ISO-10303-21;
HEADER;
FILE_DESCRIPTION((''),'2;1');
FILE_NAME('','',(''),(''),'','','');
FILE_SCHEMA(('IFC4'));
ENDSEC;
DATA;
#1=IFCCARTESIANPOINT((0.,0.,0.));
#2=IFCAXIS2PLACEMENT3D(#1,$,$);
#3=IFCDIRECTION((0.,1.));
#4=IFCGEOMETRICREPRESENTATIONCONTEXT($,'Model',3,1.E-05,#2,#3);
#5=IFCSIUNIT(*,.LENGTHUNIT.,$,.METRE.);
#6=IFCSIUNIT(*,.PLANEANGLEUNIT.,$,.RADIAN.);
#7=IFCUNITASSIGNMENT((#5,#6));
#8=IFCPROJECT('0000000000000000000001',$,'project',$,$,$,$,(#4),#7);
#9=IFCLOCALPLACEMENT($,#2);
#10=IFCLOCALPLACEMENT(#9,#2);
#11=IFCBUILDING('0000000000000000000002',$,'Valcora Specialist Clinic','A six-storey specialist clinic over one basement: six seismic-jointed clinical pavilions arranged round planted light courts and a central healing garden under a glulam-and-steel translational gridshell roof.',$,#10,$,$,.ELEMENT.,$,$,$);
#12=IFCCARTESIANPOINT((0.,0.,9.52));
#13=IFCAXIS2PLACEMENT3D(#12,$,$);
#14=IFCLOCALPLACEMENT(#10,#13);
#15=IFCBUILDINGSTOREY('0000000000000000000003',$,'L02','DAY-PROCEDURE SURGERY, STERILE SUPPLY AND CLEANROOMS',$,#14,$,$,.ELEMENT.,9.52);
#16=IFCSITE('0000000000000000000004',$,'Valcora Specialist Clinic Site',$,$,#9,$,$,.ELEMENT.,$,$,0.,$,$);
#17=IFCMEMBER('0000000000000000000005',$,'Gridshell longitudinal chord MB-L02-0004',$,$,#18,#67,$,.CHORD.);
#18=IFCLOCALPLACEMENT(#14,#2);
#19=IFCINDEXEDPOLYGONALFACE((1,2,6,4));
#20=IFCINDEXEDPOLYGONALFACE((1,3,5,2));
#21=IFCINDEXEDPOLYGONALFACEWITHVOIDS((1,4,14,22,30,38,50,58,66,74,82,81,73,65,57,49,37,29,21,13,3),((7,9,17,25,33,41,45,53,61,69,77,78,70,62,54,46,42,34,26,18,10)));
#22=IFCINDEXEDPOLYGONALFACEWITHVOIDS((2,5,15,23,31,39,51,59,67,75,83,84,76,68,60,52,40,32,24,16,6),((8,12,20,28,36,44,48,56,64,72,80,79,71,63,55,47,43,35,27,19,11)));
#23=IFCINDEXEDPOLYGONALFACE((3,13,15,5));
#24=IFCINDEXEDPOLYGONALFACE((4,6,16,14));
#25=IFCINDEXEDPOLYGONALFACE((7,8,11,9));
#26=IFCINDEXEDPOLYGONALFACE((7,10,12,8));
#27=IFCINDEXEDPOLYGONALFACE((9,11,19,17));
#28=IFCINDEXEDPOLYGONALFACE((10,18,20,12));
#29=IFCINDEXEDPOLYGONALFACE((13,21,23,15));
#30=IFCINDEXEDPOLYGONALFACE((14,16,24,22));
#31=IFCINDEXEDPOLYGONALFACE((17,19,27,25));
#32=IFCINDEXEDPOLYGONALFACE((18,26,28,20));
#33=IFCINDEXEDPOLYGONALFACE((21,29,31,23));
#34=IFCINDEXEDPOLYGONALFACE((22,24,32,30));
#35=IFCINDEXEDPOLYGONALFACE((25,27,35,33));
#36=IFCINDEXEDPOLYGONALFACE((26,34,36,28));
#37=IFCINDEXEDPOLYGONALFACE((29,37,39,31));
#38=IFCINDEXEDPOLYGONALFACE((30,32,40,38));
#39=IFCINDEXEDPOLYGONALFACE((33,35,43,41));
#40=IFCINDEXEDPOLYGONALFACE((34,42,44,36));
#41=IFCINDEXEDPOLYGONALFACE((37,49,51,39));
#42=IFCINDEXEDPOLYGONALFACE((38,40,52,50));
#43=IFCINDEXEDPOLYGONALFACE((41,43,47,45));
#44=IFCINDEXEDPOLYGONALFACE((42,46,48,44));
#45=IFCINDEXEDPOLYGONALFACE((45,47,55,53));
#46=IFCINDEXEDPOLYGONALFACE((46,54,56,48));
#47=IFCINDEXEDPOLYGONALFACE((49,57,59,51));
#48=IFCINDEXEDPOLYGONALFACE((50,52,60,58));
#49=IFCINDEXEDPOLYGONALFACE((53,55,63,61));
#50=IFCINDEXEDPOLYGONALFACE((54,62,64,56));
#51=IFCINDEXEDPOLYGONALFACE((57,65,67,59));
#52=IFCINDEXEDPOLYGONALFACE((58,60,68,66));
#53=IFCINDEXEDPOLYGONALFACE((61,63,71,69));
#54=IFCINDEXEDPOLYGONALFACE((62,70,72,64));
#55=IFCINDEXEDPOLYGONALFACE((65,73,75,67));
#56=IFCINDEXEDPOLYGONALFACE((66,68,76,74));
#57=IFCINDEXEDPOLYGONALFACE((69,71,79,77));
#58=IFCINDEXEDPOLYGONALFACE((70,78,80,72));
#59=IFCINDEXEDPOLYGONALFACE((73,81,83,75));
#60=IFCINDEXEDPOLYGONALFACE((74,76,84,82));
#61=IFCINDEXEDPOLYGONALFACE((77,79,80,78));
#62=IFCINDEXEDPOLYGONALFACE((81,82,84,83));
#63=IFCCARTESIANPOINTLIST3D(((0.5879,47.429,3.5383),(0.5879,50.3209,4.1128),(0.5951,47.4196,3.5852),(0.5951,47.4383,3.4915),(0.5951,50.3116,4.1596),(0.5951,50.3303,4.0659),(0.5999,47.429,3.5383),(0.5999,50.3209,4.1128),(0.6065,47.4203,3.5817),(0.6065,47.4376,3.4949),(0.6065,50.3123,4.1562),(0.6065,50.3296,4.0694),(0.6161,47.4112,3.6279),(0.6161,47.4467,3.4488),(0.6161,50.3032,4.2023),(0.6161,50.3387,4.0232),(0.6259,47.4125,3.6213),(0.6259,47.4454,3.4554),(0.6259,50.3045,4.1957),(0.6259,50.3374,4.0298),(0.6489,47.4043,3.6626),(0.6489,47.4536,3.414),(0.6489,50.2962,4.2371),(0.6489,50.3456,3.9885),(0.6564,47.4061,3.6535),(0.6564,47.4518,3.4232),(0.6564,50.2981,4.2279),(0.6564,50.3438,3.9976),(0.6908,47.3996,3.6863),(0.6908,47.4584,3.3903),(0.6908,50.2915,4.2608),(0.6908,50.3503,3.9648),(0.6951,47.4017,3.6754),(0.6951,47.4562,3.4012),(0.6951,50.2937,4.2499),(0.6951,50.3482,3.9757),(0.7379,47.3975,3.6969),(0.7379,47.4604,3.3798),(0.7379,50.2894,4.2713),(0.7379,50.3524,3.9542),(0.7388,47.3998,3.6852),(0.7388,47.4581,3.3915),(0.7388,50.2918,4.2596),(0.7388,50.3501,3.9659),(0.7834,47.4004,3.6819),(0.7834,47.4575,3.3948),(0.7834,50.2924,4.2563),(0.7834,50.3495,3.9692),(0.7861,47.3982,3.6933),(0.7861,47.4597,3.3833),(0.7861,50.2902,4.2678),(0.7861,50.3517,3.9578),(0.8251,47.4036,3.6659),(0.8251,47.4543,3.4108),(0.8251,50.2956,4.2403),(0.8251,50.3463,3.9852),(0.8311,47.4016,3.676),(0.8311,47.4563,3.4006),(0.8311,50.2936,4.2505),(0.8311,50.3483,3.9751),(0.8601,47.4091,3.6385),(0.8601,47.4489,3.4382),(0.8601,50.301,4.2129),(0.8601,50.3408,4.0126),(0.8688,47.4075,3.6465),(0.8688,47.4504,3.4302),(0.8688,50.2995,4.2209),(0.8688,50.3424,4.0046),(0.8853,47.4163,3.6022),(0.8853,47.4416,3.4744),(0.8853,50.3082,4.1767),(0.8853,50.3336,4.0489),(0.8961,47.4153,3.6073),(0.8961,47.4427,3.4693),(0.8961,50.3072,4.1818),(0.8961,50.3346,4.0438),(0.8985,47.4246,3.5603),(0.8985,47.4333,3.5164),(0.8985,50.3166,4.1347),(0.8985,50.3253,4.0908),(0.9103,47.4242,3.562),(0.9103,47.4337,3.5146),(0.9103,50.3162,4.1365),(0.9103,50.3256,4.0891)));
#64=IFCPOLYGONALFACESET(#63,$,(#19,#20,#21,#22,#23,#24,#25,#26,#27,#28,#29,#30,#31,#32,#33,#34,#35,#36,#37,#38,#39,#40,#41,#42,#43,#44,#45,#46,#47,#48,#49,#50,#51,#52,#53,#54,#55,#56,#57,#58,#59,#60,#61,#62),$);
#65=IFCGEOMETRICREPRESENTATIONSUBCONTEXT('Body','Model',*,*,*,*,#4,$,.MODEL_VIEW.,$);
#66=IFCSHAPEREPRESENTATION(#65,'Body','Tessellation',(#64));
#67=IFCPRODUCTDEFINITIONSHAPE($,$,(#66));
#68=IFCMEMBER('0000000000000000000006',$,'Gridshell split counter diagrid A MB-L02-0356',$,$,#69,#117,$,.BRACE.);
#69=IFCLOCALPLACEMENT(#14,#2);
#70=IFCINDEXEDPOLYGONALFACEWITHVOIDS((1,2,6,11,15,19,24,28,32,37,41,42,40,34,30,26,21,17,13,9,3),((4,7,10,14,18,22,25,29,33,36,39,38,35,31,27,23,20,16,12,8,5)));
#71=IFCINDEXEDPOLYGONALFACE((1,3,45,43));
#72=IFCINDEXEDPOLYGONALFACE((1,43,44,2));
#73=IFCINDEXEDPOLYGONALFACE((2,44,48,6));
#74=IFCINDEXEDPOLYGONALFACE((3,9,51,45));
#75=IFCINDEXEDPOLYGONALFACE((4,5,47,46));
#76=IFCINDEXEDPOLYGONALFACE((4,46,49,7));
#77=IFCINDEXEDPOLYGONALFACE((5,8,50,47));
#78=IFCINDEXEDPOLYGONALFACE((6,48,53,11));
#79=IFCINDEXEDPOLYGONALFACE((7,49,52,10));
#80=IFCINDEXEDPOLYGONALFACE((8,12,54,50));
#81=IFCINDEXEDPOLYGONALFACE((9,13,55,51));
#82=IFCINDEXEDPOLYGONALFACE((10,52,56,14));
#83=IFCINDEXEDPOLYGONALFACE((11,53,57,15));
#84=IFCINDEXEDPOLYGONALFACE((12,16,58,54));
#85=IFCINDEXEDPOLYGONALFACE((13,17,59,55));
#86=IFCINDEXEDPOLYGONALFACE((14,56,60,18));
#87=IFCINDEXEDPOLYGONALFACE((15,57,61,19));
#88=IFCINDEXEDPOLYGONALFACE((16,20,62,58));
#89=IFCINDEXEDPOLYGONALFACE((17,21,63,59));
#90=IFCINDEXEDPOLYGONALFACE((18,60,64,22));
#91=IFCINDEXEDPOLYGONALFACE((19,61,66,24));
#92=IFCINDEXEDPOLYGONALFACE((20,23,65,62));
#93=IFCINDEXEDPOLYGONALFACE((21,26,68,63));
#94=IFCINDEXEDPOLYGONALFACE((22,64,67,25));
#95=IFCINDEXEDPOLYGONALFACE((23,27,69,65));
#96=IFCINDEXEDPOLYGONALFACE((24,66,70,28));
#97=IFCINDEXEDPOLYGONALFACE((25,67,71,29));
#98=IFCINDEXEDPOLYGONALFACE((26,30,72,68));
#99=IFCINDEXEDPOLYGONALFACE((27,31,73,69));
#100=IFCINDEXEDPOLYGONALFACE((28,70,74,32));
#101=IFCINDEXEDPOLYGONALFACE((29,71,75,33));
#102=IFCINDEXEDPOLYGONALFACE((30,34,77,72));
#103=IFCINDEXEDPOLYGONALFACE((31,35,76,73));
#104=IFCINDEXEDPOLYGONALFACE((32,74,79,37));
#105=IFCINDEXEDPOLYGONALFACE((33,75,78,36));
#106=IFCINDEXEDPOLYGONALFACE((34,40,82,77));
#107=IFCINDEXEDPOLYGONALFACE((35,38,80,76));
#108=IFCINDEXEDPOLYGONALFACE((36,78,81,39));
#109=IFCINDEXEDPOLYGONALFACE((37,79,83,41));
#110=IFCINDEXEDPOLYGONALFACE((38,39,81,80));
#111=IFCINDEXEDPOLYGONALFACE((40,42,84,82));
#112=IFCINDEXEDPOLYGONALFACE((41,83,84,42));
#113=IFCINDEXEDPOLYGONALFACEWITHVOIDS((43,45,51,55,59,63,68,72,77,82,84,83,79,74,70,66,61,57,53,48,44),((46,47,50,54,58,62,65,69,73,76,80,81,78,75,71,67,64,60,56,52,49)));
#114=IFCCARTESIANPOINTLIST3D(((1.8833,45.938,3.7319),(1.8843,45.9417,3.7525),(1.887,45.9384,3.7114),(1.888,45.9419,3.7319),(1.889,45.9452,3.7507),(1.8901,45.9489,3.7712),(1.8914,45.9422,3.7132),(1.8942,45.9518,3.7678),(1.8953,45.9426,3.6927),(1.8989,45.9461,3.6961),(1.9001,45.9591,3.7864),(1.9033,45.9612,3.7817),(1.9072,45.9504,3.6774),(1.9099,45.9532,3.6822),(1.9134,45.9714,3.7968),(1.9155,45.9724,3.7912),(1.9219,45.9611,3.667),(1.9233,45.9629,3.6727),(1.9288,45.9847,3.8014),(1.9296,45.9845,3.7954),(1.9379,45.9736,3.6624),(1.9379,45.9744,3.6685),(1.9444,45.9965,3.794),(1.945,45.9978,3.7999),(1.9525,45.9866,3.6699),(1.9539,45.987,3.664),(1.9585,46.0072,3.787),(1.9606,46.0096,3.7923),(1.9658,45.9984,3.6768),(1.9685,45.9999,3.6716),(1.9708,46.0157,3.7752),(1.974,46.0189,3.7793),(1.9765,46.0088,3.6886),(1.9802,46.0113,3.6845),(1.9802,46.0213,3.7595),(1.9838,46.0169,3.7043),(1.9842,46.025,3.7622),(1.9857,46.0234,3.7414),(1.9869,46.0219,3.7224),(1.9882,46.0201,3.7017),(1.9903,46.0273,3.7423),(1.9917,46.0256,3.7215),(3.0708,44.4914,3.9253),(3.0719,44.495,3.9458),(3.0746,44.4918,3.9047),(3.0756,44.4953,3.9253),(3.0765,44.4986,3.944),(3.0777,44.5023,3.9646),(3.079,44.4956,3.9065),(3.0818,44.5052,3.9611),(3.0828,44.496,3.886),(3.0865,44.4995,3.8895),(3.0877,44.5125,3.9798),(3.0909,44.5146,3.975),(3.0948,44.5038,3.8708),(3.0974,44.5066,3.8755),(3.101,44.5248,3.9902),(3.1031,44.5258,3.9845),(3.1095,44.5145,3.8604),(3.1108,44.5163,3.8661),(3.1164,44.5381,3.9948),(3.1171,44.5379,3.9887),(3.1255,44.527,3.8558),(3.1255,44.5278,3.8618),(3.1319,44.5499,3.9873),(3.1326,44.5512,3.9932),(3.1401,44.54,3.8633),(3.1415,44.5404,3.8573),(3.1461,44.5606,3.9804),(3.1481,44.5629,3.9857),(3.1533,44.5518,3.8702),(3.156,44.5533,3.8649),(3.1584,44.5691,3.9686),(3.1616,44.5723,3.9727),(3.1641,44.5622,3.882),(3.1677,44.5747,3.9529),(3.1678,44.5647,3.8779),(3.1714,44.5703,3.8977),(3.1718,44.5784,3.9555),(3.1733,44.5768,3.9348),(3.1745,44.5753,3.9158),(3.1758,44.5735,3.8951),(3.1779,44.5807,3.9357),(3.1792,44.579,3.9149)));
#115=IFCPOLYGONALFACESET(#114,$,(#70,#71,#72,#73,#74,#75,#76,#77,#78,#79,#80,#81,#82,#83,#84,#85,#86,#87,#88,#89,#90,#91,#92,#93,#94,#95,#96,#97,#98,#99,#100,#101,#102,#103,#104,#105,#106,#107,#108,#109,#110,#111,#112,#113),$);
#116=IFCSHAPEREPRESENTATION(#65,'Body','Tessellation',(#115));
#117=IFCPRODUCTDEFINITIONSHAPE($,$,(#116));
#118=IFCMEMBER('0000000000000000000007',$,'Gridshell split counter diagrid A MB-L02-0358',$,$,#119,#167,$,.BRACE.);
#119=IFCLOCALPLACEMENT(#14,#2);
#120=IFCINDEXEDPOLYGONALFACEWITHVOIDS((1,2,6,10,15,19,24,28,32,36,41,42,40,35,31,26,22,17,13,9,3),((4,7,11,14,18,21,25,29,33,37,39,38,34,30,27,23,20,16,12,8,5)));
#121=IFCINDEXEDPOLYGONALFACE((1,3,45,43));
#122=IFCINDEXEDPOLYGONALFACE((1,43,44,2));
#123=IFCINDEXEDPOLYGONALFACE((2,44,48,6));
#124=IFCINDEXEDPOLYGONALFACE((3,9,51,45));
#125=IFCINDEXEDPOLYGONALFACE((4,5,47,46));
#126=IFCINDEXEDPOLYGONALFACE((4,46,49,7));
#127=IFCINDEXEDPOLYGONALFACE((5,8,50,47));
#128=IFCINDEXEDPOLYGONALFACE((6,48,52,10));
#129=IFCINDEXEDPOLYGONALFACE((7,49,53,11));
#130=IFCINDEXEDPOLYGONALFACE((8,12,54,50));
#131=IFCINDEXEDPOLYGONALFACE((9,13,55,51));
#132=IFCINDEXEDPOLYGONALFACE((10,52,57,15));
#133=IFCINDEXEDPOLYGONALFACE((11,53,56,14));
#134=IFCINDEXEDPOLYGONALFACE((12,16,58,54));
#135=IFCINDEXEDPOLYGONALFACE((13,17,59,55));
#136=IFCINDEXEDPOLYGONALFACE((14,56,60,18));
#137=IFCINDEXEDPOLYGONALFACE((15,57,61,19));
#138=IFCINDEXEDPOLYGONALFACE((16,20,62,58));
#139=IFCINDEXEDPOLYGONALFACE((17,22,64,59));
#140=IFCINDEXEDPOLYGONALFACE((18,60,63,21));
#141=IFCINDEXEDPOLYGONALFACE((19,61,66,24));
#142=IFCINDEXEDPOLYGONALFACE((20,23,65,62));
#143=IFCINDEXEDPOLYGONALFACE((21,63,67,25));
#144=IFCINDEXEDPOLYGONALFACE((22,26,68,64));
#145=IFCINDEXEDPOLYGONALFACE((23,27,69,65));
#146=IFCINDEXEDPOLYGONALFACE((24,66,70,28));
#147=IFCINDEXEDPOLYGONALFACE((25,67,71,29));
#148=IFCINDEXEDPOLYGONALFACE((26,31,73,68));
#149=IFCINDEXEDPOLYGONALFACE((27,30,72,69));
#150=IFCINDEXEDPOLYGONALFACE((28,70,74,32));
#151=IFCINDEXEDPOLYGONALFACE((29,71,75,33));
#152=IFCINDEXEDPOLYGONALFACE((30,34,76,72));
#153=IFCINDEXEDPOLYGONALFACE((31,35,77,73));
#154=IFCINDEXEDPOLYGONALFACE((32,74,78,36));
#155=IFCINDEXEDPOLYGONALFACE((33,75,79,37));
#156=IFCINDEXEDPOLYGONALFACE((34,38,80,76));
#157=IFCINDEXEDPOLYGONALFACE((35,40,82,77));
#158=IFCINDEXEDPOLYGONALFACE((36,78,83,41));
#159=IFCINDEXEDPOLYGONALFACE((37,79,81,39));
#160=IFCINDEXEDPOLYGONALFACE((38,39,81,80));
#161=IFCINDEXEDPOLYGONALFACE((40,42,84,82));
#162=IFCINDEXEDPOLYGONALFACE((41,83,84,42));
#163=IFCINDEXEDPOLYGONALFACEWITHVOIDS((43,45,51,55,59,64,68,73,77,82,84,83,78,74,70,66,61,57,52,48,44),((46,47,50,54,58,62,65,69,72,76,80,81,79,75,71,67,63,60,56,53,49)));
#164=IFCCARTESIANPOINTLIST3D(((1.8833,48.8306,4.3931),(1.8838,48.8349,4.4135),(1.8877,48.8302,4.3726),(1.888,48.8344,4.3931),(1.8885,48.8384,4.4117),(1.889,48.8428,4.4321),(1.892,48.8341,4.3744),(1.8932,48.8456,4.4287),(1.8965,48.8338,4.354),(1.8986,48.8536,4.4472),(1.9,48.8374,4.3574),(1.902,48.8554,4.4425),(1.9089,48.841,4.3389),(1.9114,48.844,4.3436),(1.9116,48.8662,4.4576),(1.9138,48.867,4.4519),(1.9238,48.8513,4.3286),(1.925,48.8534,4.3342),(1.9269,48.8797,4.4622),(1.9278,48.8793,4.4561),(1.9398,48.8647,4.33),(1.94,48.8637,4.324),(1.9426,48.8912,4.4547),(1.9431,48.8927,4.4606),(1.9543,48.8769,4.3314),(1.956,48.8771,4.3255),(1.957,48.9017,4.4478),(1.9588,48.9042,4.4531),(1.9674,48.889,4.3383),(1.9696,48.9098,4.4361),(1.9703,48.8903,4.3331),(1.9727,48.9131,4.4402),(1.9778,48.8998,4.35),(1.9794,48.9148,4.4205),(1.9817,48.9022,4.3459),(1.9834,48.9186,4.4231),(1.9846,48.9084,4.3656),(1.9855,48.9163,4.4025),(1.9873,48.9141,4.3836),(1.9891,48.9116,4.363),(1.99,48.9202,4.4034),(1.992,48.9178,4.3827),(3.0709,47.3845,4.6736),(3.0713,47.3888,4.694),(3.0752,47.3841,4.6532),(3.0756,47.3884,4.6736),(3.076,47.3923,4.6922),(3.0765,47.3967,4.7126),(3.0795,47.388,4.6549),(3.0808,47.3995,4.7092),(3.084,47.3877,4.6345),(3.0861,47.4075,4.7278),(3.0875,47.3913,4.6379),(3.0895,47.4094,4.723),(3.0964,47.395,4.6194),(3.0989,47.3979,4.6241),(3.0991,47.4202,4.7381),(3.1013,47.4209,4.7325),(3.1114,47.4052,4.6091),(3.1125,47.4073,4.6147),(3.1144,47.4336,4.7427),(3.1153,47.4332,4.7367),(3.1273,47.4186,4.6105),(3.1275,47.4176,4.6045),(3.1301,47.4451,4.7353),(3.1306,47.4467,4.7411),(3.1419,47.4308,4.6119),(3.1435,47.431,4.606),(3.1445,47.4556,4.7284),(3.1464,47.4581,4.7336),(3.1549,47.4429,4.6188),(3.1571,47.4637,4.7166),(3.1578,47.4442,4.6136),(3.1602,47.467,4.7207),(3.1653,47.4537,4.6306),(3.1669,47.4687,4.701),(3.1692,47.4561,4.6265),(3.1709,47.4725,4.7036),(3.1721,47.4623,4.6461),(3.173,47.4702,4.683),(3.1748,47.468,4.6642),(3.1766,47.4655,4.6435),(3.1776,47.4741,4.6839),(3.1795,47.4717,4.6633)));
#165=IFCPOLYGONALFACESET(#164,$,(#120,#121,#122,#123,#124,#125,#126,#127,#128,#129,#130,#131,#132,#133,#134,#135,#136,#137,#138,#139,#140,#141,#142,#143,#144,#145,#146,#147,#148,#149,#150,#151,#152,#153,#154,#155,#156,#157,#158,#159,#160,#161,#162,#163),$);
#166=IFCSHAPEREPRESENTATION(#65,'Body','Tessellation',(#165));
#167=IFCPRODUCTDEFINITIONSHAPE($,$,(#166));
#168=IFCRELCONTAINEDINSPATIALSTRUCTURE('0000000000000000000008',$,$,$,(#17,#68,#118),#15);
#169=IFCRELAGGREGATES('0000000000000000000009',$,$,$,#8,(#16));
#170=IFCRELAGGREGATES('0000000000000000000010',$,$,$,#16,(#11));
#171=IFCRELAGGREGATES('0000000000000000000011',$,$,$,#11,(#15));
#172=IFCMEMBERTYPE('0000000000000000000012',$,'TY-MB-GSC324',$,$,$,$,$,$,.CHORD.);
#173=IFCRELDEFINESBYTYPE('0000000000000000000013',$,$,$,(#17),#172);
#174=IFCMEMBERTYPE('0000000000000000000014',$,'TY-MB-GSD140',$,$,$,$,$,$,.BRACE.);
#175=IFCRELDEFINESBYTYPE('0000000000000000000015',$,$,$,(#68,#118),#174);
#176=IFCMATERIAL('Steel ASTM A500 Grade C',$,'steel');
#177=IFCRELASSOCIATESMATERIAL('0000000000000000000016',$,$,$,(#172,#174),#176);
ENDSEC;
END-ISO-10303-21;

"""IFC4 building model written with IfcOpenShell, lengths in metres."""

from ifc_helpers import new_model, si_unit, direction, frame, origin, origin_2d, place, context, subcontext, project, spatial, hollow_circle, extrude, material, material_profile, profile_set, type_object, element, save


model = new_model("IFC4")

# Units and contexts
model_context = context("Model", 3, precision=1e-05, world=origin(), true_north=direction((0.0, 1.0)))
body_context = subcontext(model_context, "Body", "Model", "MODEL_VIEW")
ifc_project = project(units=[si_unit("LENGTHUNIT", "METRE"), si_unit("PLANEANGLEUNIT", "RADIAN")], contexts=[model_context])

# Site, building, storey
site_placement = place(None, origin())
site = spatial("IfcSite", under=ifc_project, at=site_placement, Name="Valcora Specialist Clinic Site", CompositionType="ELEMENT", RefElevation=0.0)
building_placement = place(site_placement, origin())
building = spatial("IfcBuilding", under=site, at=building_placement, Name="Valcora Specialist Clinic", Description="A six-storey specialist clinic over one basement: six seismic-jointed clinical pavilions arranged round planted light courts and a central healing garden under a glulam-and-steel translational gridshell roof.", CompositionType="ELEMENT")
storey_placement = place(building_placement, frame((0.0, 0.0, 9.52)))
storey = spatial("IfcBuildingStorey", under=building, at=storey_placement, Name="L02", Description="DAY-PROCEDURE SURGERY, STERILE SUPPLY AND CLEANROOMS", CompositionType="ELEMENT", Elevation=9.52)

# Members
ifc_material_1 = material(Name="Steel ASTM A500 Grade C", Category="steel")
ifc_material_profile_1 = material_profile(ifc_material_1, hollow_circle(Radius=0.1621, WallThickness=0.012, at=origin_2d()), Name="ST-CHS-324X12")
ifc_profile_set_1 = profile_set([ifc_material_profile_1], Name="Steel ASTM A500 Grade C")
member_type_1 = type_object("IfcMemberType", Name="TY-MB-GSC324", PredefinedType="CHORD", material=ifc_profile_set_1)
member_1_placement = place(storey_placement, frame((0.75, 47.429, 3.5383), z_axis=(0.0, 0.980838, 0.194826), x_axis=(-1.0, 0.0, 0.0)))
element("IfcMember", 1, at=member_1_placement, inside=storey, type_object=member_type_1, Name="Gridshell longitudinal chord MB-L02-0004", PredefinedType="CHORD", context=body_context, shape_type="SweptSolid", body=[
    extrude(hollow_circle(Radius=0.1621, WallThickness=0.012, at=origin_2d()), origin(), (0.0, 0.0, 1.0), 2.9485),
])
ifc_material_profile_2 = material_profile(ifc_material_1, hollow_circle(Radius=0.0701, WallThickness=0.0061, at=origin_2d()), Name="ST-CHS-140X6")
ifc_profile_set_2 = profile_set([ifc_material_profile_2], Name="Steel ASTM A500 Grade C")
member_type_2 = type_object("IfcMemberType", Name="TY-MB-GSD140", PredefinedType="BRACE", material=ifc_profile_set_2)
member_2_placement = place(storey_placement, frame((3.125, 44.5359, 3.9253), z_axis=(-0.631149, 0.768823, -0.102769), x_axis=(-0.772916, -0.634508, 0.0)))
element("IfcMember", 2, at=member_2_placement, inside=storey, type_object=member_type_2, Name="Gridshell split counter diagrid A MB-L02-0356", PredefinedType="BRACE", context=body_context, shape_type="SweptSolid", body=[
    extrude(hollow_circle(Radius=0.0701, WallThickness=0.0061, at=origin_2d()), origin(), (0.0, 0.0, 1.0), 1.8816),
])
member_3_placement = place(storey_placement, frame((3.125, 47.429, 4.6736), z_axis=(-0.627623, 0.76427, -0.14826), x_axis=(-0.772811, -0.634636, 0.0)))
element("IfcMember", 3, at=member_3_placement, inside=storey, type_object=member_type_2, Name="Gridshell split counter diagrid A MB-L02-0358", PredefinedType="BRACE", context=body_context, shape_type="SweptSolid", body=[
    extrude(hollow_circle(Radius=0.0701, WallThickness=0.0061, at=origin_2d()), origin(), (0.0, 0.0, 1.0), 1.8921),
])

save(model, "model.ifc")
